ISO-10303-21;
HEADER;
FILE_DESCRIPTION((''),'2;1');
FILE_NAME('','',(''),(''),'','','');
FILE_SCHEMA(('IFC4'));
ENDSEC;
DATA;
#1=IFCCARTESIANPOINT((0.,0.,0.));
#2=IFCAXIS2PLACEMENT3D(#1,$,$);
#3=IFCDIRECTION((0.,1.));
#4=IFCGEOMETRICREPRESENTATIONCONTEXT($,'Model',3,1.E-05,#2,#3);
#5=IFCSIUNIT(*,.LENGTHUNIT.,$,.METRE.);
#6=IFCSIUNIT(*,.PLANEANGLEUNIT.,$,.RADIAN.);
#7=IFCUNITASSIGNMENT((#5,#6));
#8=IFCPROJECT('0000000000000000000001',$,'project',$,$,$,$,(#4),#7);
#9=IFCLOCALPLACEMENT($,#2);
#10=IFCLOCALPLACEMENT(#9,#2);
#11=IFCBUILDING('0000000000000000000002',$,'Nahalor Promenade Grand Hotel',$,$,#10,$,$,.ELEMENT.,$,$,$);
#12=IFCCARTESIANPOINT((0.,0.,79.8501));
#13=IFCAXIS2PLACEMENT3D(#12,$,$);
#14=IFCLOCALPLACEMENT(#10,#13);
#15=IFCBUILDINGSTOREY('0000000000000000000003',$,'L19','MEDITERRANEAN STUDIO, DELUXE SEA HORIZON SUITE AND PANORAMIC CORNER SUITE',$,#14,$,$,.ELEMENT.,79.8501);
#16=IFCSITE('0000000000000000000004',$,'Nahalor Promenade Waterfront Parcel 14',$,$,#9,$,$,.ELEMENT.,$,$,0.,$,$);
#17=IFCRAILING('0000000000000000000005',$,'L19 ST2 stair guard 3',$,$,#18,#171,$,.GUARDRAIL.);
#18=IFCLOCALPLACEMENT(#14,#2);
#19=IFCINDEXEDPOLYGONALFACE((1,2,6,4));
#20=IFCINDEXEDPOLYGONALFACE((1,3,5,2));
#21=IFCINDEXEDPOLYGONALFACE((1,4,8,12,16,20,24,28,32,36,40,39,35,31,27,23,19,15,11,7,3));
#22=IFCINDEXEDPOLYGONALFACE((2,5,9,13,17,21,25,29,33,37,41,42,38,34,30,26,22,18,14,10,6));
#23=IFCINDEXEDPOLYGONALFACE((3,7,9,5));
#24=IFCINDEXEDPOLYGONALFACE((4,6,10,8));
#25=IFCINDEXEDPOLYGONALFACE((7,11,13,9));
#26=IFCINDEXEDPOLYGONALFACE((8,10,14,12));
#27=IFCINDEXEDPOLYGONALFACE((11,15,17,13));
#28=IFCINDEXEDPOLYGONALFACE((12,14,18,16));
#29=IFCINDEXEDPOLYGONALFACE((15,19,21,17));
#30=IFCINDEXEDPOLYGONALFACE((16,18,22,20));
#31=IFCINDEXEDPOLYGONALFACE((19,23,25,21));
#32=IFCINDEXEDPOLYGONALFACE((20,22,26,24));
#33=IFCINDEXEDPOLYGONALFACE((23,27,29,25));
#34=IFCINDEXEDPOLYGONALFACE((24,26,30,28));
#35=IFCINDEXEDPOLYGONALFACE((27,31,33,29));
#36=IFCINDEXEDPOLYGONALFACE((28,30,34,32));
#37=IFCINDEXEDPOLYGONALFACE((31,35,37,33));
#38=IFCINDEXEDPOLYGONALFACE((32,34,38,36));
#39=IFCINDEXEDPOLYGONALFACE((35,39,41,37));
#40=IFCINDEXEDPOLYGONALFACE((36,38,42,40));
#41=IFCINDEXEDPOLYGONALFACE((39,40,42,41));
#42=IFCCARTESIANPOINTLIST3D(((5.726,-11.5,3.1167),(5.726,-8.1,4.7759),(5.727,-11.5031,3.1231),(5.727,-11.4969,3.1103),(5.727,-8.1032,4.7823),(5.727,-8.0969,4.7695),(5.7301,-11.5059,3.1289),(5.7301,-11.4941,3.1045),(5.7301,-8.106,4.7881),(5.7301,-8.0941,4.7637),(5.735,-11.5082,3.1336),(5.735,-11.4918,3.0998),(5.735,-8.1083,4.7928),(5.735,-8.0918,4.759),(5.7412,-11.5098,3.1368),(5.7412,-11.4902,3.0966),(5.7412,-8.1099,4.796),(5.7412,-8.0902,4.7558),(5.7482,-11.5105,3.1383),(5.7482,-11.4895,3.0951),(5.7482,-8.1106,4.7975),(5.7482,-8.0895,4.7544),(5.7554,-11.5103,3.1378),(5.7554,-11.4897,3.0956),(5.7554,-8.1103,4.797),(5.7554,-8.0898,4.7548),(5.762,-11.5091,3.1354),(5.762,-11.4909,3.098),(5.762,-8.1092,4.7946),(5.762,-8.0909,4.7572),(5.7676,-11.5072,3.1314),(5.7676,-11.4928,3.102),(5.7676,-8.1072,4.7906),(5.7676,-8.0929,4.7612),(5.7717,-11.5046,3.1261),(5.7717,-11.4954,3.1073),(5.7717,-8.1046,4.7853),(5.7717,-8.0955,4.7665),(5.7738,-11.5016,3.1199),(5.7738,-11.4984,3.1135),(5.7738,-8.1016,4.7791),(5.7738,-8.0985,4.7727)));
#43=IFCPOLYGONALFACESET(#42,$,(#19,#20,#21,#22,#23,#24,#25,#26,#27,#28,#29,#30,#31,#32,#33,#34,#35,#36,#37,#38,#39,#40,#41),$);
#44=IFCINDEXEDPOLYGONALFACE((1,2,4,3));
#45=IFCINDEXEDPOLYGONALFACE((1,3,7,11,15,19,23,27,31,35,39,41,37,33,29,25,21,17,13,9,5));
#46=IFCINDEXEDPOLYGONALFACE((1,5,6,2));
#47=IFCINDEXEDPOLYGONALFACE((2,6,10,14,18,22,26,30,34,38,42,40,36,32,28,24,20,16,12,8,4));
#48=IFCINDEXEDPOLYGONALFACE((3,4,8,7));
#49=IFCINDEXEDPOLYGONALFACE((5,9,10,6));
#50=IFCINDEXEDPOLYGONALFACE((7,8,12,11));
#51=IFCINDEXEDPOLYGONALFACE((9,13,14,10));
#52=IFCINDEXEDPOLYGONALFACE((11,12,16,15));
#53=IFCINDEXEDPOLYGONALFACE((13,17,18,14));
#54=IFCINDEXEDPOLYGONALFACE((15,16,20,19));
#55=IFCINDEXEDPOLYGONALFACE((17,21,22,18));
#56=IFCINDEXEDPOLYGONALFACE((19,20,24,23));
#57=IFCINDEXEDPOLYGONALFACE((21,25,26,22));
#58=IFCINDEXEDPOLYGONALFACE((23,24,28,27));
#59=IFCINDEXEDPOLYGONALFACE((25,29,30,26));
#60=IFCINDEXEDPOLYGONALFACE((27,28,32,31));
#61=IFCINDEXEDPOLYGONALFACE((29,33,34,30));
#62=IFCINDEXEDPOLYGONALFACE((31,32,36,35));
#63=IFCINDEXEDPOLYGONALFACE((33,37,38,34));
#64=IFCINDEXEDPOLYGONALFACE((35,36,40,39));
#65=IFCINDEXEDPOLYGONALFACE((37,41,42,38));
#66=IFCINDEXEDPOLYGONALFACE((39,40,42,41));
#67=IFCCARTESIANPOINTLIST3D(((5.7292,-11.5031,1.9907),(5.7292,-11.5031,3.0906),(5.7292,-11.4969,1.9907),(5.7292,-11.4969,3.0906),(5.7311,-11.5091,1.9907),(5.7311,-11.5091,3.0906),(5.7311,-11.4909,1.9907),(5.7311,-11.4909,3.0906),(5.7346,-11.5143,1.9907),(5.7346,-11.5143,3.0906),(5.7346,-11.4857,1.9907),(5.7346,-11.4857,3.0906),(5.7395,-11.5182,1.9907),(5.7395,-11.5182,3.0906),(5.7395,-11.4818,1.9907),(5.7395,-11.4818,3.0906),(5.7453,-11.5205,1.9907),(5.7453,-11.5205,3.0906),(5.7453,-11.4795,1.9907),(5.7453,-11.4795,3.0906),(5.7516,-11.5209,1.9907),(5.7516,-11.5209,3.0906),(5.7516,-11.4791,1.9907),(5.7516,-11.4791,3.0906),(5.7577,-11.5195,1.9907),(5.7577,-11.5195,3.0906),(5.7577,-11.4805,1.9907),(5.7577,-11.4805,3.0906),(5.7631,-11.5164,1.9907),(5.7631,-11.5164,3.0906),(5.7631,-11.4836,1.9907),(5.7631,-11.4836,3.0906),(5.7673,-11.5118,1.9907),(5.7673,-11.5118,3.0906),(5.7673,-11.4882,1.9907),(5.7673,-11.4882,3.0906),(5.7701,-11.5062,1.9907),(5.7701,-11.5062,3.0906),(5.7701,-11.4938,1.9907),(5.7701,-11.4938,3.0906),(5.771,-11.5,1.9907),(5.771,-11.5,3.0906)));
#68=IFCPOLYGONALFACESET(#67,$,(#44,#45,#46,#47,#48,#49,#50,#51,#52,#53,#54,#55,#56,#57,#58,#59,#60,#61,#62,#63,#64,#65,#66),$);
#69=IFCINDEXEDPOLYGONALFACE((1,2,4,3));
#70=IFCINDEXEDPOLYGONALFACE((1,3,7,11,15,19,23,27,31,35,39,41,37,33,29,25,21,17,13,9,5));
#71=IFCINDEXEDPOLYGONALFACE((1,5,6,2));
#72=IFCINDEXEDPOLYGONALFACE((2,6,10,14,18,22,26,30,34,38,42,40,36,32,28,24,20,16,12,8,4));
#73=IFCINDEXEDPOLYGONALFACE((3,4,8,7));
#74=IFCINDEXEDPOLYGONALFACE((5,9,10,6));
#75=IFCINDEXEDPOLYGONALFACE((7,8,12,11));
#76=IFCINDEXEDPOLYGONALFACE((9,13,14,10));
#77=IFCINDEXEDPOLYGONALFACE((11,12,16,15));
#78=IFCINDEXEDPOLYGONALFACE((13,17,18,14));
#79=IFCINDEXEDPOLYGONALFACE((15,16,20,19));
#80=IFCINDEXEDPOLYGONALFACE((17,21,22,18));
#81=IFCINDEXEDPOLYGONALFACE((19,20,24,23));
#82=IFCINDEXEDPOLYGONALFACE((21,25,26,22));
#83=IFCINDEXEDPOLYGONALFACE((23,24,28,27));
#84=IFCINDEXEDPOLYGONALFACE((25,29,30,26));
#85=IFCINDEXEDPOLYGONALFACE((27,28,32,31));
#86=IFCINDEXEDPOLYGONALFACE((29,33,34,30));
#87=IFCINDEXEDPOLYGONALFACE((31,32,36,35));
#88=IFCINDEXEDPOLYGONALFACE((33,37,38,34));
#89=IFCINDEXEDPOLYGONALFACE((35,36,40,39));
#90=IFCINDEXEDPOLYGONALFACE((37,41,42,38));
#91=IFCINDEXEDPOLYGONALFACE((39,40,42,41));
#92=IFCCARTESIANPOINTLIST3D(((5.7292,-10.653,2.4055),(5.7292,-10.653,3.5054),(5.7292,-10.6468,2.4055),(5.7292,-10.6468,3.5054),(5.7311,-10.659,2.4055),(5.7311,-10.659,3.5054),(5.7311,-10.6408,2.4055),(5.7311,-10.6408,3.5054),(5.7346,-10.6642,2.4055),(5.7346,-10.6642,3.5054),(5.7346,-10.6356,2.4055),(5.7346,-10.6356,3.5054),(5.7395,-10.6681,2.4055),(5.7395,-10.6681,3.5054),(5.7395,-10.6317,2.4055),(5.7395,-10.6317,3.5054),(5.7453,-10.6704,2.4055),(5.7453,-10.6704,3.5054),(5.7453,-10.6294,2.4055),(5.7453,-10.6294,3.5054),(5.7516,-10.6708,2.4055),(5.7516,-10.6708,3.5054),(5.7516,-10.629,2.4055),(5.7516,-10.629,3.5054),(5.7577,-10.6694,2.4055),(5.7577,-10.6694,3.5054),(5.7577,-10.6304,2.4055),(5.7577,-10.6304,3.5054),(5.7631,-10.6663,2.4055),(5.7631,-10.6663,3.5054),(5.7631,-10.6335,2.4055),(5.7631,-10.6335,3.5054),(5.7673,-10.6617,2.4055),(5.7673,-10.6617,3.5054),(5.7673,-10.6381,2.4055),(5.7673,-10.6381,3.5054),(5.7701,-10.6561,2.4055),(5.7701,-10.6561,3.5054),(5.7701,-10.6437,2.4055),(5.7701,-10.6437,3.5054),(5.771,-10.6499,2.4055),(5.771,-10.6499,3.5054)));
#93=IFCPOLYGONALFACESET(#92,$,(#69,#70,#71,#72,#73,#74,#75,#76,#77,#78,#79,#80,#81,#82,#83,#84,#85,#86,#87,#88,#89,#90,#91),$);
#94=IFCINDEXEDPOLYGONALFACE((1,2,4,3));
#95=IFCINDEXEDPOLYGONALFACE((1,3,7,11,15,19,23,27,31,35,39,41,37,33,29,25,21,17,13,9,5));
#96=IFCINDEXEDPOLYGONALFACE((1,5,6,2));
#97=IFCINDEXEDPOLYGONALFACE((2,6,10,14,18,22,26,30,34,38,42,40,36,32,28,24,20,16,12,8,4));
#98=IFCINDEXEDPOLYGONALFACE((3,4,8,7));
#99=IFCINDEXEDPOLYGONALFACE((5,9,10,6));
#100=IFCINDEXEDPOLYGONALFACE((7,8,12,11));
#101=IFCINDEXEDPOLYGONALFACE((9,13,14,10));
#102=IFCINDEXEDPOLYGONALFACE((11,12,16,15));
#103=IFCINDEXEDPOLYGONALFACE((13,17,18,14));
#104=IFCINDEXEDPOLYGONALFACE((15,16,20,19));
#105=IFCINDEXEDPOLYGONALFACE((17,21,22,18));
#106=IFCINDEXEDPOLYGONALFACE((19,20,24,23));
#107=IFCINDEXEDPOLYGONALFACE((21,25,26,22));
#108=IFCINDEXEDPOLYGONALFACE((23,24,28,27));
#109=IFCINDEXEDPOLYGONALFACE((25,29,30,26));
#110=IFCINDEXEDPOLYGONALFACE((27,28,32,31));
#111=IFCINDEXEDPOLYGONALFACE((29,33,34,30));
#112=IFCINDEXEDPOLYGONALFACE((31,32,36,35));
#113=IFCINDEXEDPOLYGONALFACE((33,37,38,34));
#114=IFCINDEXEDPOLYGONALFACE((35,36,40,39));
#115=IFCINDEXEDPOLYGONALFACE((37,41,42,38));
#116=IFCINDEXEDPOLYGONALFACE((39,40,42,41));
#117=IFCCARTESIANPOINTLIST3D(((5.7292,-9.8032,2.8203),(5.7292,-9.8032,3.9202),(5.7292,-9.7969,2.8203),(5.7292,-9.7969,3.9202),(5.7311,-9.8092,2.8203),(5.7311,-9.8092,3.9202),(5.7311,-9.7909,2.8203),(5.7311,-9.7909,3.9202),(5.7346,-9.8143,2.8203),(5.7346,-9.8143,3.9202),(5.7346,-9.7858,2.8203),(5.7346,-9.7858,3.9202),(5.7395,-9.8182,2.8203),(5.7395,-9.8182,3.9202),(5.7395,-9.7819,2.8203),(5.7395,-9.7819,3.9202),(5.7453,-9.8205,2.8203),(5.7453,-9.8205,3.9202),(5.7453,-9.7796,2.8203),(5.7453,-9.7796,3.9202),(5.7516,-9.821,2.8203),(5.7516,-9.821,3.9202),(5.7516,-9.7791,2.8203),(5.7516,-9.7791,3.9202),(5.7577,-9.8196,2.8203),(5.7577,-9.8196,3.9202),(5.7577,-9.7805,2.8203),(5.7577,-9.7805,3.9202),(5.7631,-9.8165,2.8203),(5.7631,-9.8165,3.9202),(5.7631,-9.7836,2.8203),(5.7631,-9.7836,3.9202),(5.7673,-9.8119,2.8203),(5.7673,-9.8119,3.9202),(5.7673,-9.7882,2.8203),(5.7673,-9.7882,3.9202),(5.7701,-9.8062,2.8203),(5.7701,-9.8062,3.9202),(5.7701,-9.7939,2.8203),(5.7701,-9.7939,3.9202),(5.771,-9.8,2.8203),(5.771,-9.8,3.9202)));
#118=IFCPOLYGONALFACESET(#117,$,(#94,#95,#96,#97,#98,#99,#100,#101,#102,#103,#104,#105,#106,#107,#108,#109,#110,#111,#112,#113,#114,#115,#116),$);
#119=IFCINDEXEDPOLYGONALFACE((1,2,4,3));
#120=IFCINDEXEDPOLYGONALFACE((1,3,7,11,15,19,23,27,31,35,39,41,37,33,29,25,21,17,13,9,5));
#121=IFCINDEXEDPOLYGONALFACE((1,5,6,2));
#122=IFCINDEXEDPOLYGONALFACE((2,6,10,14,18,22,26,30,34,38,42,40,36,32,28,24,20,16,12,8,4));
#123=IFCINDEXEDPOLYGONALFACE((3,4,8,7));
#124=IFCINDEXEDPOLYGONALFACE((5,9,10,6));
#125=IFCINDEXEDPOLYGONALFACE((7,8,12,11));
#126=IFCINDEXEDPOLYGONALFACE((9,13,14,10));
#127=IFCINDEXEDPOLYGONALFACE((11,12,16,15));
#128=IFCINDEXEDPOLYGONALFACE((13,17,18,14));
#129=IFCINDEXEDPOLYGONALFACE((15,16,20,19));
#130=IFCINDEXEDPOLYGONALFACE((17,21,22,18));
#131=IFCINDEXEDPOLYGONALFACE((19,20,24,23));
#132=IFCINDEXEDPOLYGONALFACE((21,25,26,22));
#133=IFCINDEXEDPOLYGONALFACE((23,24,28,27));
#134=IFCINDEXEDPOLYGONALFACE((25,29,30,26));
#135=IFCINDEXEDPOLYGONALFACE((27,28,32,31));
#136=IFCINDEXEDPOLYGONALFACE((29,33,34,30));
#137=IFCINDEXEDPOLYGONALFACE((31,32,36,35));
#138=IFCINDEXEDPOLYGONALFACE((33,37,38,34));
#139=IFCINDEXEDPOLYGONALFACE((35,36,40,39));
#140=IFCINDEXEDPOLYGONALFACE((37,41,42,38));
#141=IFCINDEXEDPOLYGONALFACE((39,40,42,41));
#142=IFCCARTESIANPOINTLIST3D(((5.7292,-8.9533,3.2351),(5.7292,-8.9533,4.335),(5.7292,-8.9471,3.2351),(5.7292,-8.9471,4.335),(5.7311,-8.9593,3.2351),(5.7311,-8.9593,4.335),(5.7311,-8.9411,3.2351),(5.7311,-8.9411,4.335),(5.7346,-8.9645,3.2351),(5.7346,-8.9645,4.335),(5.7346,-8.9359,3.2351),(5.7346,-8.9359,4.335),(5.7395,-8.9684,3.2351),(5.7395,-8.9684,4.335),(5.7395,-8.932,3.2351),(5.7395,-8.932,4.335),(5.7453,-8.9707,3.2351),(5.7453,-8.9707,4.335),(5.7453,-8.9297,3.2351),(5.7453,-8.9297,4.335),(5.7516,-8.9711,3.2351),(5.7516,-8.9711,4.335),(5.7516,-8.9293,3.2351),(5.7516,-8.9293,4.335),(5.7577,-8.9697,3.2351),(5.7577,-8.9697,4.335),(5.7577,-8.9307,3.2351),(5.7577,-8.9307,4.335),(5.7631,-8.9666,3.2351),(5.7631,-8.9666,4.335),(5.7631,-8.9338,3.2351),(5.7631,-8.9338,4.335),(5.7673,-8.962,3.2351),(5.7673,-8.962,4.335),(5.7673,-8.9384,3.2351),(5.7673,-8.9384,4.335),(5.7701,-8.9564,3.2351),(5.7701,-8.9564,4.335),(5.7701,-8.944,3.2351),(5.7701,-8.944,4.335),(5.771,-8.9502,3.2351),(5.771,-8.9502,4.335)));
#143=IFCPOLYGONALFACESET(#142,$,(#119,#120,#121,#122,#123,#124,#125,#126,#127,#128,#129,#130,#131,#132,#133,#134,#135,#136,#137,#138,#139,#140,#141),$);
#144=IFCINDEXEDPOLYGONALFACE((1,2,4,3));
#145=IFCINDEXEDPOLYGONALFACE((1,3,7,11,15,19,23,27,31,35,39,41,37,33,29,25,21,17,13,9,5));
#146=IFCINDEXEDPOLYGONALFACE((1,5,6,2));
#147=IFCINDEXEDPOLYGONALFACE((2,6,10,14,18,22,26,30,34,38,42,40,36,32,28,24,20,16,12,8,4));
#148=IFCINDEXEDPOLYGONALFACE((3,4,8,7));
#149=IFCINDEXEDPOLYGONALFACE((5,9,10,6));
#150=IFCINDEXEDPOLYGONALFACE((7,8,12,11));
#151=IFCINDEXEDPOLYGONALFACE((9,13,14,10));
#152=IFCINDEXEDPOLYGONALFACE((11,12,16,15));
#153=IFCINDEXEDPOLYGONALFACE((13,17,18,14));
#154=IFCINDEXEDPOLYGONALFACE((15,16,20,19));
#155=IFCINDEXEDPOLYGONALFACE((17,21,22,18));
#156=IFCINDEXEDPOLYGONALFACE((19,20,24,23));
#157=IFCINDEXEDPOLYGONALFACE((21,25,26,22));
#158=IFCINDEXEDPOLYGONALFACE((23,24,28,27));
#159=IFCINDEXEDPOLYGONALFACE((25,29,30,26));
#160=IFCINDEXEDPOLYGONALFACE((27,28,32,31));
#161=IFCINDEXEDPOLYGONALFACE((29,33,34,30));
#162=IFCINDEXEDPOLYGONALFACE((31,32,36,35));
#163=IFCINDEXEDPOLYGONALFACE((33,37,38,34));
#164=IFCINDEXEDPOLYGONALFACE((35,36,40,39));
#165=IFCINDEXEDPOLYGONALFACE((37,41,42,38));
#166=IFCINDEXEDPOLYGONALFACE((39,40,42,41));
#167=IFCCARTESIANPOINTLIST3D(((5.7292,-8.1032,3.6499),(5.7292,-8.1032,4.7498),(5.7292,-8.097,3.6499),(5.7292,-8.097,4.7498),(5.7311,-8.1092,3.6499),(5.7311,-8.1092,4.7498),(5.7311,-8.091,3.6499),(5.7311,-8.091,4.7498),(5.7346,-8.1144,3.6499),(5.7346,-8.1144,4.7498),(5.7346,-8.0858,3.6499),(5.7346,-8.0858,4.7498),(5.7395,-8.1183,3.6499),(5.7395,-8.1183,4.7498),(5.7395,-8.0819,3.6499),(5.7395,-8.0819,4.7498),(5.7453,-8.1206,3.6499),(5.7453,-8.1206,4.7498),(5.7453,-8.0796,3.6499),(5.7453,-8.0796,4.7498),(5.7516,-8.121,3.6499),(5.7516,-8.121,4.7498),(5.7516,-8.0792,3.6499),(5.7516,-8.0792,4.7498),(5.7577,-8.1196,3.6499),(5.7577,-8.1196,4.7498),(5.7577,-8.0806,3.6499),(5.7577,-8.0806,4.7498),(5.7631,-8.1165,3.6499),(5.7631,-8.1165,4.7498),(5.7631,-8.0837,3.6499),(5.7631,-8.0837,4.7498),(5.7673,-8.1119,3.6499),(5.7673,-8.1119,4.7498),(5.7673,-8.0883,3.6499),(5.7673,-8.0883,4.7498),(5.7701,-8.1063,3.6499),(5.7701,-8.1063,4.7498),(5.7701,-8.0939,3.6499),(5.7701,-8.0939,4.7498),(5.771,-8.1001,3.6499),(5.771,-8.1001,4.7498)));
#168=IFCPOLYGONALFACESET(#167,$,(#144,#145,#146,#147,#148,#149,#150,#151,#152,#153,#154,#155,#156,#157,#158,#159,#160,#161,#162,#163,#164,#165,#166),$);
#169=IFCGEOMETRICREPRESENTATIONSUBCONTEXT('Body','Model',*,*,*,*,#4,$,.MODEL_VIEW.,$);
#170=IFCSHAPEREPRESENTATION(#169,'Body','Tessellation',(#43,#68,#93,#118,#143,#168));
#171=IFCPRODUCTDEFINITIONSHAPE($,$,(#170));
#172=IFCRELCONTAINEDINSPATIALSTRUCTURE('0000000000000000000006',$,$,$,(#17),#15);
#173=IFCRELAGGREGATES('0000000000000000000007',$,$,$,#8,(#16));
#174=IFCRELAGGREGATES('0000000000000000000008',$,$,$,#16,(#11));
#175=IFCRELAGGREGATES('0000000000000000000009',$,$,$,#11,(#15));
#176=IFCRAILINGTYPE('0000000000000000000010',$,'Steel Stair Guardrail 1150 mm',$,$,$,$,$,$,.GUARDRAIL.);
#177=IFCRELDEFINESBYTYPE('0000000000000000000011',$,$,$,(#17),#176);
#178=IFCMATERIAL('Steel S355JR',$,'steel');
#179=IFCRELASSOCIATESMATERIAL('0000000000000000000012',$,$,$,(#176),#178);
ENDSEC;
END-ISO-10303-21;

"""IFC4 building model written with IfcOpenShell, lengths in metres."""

from ifc_helpers import new_model, si_unit, direction, frame, origin, origin_2d, place, context, subcontext, project, spatial, circle, extrude, material, type_object, element, save


model = new_model("IFC4")

# Units and contexts
model_context = context("Model", 3, precision=1e-05, world=origin(), true_north=direction((0.0, 1.0)))
body_context = subcontext(model_context, "Body", "Model", "MODEL_VIEW")
ifc_project = project(units=[si_unit("LENGTHUNIT", "METRE"), si_unit("PLANEANGLEUNIT", "RADIAN")], contexts=[model_context])

# Site, building, storey
site_placement = place(None, origin())
site = spatial("IfcSite", under=ifc_project, at=site_placement, Name="Nahalor Promenade Waterfront Parcel 14", CompositionType="ELEMENT", RefElevation=0.0)
building_placement = place(site_placement, origin())
building = spatial("IfcBuilding", under=site, at=building_placement, Name="Nahalor Promenade Grand Hotel", CompositionType="ELEMENT")
storey_placement = place(building_placement, frame((0.0, 0.0, 79.8501)))
storey = spatial("IfcBuildingStorey", under=building, at=storey_placement, Name="L19", Description="MEDITERRANEAN STUDIO, DELUXE SEA HORIZON SUITE AND PANORAMIC CORNER SUITE", CompositionType="ELEMENT", Elevation=79.8501)

# Shared definitions
ifc_material_1 = material(Name="Steel S355JR", Category="steel")

# Railing
railing_type_1 = type_object("IfcRailingType", Name="Steel Stair Guardrail 1150 mm", PredefinedType="GUARDRAIL", material=ifc_material_1)
railing_1_placement = place(storey_placement, frame((5.75, -11.5, 1.9907)))
element("IfcRailing", 1, at=railing_1_placement, inside=storey, type_object=railing_type_1, Name="L19 ST2 stair guard 3", PredefinedType="GUARDRAIL", context=body_context, shape_type="SweptSolid", body=[
    extrude(circle(Radius=0.024, at=origin_2d()), frame((0.0, 0.0, 1.126), z_axis=(0.0, 0.898696, 0.438571), x_axis=(-1.0, 0.0, 0.0)), (0.0, 0.0, 1.0), 3.7832),
    extrude(circle(Radius=0.021, at=origin_2d()), origin(), (0.0, 0.0, 1.0), 1.0999),
    extrude(circle(Radius=0.021, at=origin_2d()), frame((0.0, 0.8501, 0.4148)), (0.0, 0.0, 1.0), 1.0999),
    extrude(circle(Radius=0.021, at=origin_2d()), frame((0.0, 1.7, 0.8296)), (0.0, 0.0, 1.0), 1.0999),
    extrude(circle(Radius=0.021, at=origin_2d()), frame((0.0, 2.5498, 1.2444)), (0.0, 0.0, 1.0), 1.0999),
    extrude(circle(Radius=0.021, at=origin_2d()), frame((0.0, 3.3999, 1.6592)), (0.0, 0.0, 1.0), 1.0999),
])

save(model, "model.ifc")
